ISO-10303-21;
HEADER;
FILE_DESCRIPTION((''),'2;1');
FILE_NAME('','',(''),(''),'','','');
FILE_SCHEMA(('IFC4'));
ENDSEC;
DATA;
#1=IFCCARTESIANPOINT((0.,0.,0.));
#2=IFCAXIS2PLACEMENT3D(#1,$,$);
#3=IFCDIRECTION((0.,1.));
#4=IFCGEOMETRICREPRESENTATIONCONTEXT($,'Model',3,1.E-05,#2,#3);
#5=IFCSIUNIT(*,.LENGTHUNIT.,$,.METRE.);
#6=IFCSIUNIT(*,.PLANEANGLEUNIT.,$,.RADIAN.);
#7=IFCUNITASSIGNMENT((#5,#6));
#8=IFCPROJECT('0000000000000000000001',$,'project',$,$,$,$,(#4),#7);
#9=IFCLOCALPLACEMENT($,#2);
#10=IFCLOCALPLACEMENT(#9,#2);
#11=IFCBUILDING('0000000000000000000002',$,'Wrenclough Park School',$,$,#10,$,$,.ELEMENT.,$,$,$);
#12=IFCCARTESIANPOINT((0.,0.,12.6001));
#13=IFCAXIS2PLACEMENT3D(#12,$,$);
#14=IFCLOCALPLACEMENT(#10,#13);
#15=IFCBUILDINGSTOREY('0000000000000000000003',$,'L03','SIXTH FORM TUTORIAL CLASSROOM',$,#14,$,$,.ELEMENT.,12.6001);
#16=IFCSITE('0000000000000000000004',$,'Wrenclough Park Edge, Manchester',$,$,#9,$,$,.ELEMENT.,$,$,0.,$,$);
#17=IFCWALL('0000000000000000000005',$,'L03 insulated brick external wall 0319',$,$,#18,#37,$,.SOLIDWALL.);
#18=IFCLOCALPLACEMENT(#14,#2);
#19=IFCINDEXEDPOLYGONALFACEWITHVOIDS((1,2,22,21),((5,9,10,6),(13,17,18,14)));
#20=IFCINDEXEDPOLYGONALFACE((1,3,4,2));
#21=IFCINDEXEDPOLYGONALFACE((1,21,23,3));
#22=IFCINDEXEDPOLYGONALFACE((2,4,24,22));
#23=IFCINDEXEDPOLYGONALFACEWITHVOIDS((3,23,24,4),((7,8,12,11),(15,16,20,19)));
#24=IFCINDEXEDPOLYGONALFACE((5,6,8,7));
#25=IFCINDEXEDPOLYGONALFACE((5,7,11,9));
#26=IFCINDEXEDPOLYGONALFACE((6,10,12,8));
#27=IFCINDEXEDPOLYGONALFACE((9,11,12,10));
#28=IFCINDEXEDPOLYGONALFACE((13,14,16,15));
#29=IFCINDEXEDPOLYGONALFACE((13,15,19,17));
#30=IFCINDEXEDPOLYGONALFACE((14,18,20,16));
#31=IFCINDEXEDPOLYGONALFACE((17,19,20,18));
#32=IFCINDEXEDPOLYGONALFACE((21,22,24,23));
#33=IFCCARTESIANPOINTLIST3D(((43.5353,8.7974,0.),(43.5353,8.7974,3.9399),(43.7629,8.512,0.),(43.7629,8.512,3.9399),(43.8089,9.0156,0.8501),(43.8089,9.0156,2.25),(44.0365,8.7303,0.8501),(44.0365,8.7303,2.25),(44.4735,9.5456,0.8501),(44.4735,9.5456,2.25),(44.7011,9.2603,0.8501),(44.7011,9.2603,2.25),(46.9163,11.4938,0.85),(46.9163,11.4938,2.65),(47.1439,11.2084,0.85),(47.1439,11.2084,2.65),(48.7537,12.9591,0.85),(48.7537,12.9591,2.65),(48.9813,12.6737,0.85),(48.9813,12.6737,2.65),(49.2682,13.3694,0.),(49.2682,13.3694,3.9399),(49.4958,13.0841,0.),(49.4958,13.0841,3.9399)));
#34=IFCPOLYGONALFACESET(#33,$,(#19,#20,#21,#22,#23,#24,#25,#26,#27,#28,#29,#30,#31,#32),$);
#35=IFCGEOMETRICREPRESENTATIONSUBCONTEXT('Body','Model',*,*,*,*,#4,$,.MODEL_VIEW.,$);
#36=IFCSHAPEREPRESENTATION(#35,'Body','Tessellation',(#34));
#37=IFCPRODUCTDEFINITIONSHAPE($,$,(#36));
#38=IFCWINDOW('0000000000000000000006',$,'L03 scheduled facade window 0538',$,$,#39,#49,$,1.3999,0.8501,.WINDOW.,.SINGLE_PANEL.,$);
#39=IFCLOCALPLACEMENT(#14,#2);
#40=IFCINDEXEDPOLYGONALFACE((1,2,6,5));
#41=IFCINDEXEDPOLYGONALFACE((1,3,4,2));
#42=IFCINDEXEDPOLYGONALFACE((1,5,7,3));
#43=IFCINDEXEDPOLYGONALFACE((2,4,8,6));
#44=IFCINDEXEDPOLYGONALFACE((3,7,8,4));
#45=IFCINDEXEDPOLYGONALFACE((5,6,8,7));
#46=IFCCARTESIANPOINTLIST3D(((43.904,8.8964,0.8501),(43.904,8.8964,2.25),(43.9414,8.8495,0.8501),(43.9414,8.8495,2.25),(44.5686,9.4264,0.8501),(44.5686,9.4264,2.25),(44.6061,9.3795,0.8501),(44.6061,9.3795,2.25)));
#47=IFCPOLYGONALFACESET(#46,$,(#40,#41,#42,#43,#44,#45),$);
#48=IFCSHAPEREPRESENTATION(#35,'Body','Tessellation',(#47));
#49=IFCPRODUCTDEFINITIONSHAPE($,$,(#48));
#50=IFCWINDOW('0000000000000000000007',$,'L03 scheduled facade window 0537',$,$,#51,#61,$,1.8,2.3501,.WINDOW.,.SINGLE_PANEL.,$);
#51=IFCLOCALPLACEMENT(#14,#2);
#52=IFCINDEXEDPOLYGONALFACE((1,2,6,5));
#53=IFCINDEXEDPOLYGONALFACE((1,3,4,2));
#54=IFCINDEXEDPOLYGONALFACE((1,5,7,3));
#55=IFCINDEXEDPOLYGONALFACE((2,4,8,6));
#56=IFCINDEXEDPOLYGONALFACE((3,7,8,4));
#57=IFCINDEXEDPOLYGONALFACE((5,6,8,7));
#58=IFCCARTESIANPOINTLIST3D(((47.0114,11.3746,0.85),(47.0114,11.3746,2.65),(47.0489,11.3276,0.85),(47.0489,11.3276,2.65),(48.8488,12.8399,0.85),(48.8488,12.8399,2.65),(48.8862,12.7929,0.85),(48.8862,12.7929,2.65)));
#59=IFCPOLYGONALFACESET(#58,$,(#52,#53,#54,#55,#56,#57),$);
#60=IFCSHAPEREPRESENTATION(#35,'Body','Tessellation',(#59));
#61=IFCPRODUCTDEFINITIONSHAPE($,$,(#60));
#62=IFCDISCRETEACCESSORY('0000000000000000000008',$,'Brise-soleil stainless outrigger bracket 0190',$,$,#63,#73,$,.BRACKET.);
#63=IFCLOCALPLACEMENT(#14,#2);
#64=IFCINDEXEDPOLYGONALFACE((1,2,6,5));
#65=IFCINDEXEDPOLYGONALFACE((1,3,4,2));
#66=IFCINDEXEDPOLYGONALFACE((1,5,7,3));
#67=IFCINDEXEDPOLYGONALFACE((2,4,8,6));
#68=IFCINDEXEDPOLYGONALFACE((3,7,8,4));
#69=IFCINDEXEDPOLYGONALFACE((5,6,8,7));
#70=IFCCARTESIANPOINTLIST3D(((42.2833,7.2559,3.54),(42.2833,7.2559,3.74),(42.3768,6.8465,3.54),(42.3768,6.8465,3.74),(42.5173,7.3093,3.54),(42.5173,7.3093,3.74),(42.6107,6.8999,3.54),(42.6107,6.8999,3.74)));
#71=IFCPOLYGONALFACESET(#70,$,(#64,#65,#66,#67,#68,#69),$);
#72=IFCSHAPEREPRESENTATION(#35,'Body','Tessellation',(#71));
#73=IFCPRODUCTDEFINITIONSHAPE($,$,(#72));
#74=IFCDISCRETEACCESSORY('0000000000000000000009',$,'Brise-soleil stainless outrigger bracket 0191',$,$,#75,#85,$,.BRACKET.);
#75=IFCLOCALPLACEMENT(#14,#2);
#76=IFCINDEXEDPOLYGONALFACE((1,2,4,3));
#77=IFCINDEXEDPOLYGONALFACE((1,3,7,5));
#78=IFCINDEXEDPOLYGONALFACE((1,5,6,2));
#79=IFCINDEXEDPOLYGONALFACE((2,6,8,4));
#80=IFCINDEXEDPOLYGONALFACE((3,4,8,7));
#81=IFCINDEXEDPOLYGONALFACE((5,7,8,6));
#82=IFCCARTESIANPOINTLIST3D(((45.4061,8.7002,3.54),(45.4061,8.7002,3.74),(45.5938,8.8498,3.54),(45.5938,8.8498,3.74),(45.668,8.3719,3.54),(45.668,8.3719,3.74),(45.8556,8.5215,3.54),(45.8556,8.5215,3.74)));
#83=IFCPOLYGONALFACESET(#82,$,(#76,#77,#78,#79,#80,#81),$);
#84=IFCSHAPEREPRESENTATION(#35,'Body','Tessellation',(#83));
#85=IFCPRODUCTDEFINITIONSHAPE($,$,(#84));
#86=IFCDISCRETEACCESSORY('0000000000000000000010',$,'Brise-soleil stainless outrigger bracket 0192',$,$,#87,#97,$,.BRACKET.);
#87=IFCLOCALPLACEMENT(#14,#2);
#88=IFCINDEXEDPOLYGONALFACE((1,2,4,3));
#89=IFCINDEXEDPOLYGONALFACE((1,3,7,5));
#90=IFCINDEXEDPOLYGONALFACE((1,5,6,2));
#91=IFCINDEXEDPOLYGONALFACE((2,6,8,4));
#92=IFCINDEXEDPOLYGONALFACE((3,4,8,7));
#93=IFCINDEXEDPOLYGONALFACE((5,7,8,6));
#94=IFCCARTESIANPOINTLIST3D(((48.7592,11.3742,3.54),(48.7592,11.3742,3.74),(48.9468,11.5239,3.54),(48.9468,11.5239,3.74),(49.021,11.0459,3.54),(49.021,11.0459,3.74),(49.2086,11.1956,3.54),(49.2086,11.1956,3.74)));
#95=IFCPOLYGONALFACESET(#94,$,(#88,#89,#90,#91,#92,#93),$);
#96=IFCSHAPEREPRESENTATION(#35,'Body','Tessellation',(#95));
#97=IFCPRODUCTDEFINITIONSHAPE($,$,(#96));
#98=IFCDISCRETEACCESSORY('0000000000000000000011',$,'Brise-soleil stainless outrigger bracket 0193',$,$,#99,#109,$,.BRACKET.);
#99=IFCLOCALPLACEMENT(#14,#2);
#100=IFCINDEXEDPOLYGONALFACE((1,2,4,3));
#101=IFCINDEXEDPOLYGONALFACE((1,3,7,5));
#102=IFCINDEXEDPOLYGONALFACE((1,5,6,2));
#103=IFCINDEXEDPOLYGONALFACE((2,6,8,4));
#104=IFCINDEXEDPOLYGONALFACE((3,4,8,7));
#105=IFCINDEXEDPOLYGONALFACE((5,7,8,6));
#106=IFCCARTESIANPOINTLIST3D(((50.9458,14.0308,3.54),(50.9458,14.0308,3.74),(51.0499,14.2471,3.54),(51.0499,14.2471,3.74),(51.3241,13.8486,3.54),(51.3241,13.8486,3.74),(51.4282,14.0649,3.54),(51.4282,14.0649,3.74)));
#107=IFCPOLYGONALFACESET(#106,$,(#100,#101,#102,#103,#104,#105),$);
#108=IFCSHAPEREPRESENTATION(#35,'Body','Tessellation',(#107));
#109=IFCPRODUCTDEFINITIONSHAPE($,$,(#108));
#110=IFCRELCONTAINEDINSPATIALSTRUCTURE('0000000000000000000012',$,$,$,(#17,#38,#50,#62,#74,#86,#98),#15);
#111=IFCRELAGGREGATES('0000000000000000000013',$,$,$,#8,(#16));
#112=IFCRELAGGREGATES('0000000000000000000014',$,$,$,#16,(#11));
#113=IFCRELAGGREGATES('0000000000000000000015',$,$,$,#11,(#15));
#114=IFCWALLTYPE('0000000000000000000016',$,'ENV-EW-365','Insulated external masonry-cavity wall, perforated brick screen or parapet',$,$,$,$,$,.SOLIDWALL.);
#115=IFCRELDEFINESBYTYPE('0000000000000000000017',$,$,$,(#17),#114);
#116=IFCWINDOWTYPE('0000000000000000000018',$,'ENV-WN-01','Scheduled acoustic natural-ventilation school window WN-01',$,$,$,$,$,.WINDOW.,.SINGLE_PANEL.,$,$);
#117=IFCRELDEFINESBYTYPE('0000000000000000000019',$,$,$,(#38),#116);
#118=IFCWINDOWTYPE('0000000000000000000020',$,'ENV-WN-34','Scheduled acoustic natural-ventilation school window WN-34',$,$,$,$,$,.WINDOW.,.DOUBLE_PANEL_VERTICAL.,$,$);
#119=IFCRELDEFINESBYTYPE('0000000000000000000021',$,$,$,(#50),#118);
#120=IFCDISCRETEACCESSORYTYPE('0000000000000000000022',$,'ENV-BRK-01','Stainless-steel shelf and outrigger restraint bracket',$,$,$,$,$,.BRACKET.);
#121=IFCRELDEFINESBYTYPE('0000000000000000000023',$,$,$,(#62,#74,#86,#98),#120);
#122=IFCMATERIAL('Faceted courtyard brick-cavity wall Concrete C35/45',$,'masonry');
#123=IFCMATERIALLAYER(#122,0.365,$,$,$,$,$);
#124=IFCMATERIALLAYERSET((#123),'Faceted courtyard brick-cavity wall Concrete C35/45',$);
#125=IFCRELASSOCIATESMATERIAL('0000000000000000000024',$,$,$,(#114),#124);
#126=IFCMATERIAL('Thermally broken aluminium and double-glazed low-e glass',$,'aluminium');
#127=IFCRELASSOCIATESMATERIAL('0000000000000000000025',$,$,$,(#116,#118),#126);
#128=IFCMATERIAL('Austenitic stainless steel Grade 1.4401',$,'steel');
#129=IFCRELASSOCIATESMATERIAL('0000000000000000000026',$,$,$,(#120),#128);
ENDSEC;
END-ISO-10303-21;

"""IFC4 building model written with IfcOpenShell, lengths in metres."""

from ifc_helpers import new_model, si_unit, direction, frame, frame_2d, origin, origin_2d, place, context, subcontext, project, spatial, rectangle, extrude, material, layer, layer_set, type_object, element, fill, save


model = new_model("IFC4")

# Units and contexts
model_context = context("Model", 3, precision=1e-05, world=origin(), true_north=direction((0.0, 1.0)))
body_context = subcontext(model_context, "Body", "Model", "MODEL_VIEW")
ifc_project = project(units=[si_unit("LENGTHUNIT", "METRE"), si_unit("PLANEANGLEUNIT", "RADIAN")], contexts=[model_context])

# Site, building, storey
site_placement = place(None, origin())
site = spatial("IfcSite", under=ifc_project, at=site_placement, Name="Wrenclough Park Edge, Manchester", CompositionType="ELEMENT", RefElevation=0.0)
building_placement = place(site_placement, origin())
building = spatial("IfcBuilding", under=site, at=building_placement, Name="Wrenclough Park School", CompositionType="ELEMENT")
storey_placement = place(building_placement, frame((0.0, 0.0, 12.6001)))
storey = spatial("IfcBuildingStorey", under=building, at=storey_placement, Name="L03", Description="SIXTH FORM TUTORIAL CLASSROOM", CompositionType="ELEMENT", Elevation=12.6001)

# Wall, openings, windows
ifc_material_1 = material(Name="Thermally broken aluminium and double-glazed low-e glass", Category="aluminium")
ifc_material_2 = material(Name="Faceted courtyard brick-cavity wall Concrete C35/45", Category="masonry")
ifc_layer_1 = layer(ifc_material_2, 0.365)
ifc_layer_set_1 = layer_set([ifc_layer_1], Name="Faceted courtyard brick-cavity wall Concrete C35/45")
wall_type_1 = type_object("IfcWallType", Name="ENV-EW-365", Description="Insulated external masonry-cavity wall, perforated brick screen or parapet", PredefinedType="SOLIDWALL", material=ifc_layer_set_1)
wall_1_placement = place(storey_placement, frame((49.3821, 13.2268, 0.0), z_axis=(0.0, 0.0, 1.0), x_axis=(-0.78182, -0.623505, 0.0)))
wall_1 = element("IfcWall", 1, at=wall_1_placement, inside=storey, type_object=wall_type_1, Name="L03 insulated brick external wall 0319", PredefinedType="SOLIDWALL", context=body_context, shape_type="SweptSolid", body=[
    extrude(rectangle(XDim=7.3328, YDim=0.365, at=frame_2d((3.6665, 0.0))), origin(), (0.0, 0.0, 1.0), 3.9399),
])
opening_1_placement = place(wall_1_placement, frame((0.6582, 0.0, 0.8501)))
opening_1 = element("IfcOpeningElement", 2, at=opening_1_placement, cuts=wall_1, PredefinedType="OPENING", context=body_context, shape_type="SweptSolid", body=[
    extrude(rectangle(XDim=2.3501, YDim=1.8, at=frame_2d((1.175, 0.8999))), frame((0.0, 0.1924, 0.0), z_axis=(0.0, -1.0, 0.0), x_axis=(1.0, 0.0, 0.0)), (0.0, 0.0, 1.0), 0.385),
])
opening_2_placement = place(wall_1_placement, frame((6.1328, 0.0, 0.8501)))
opening_2 = element("IfcOpeningElement", 3, at=opening_2_placement, cuts=wall_1, PredefinedType="OPENING", context=body_context, shape_type="SweptSolid", body=[
    extrude(rectangle(XDim=0.8501, YDim=1.3999, at=frame_2d((0.425, 0.7))), frame((0.0, 0.1924, 0.0), z_axis=(0.0, -1.0, 0.0), x_axis=(1.0, 0.0, 0.0)), (0.0, 0.0, 1.0), 0.385),
])
window_type_1 = type_object("IfcWindowType", Name="ENV-WN-01", Description="Scheduled acoustic natural-ventilation school window WN-01", PartitioningType="SINGLE_PANEL", PredefinedType="WINDOW", material=ifc_material_1)
window_1_placement = place(opening_2_placement, origin())
window_1 = element("IfcWindow", 4, at=window_1_placement, inside=storey, type_object=window_type_1, Name="L03 scheduled facade window 0538", OverallHeight=1.3999, OverallWidth=0.8501, PartitioningType="SINGLE_PANEL", PredefinedType="WINDOW", context=body_context, shape_type="SweptSolid", body=[
    extrude(rectangle(XDim=0.8501, YDim=1.3999, at=frame_2d((0.425, 0.7))), frame((0.0, 0.03, 0.0), z_axis=(0.0, -1.0, 0.0), x_axis=(1.0, 0.0, 0.0)), (0.0, 0.0, 1.0), 0.0601),
])
fill(opening_2, window_1)
window_type_2 = type_object("IfcWindowType", Name="ENV-WN-34", Description="Scheduled acoustic natural-ventilation school window WN-34", PartitioningType="DOUBLE_PANEL_VERTICAL", PredefinedType="WINDOW", material=ifc_material_1)
window_2_placement = place(opening_1_placement, origin())
window_2 = element("IfcWindow", 5, at=window_2_placement, inside=storey, type_object=window_type_2, Name="L03 scheduled facade window 0537", OverallHeight=1.8, OverallWidth=2.3501, PartitioningType="SINGLE_PANEL", PredefinedType="WINDOW", context=body_context, shape_type="SweptSolid", body=[
    extrude(rectangle(XDim=2.3501, YDim=1.8, at=frame_2d((1.175, 0.8999))), frame((0.0, 0.03, 0.0), z_axis=(0.0, -1.0, 0.0), x_axis=(1.0, 0.0, 0.0)), (0.0, 0.0, 1.0), 0.0601),
])
fill(opening_1, window_2)

# Discrete accessories
ifc_material_3 = material(Name="Austenitic stainless steel Grade 1.4401", Category="steel")
discrete_accessory_type = type_object("IfcDiscreteAccessoryType", Name="ENV-BRK-01", Description="Stainless-steel shelf and outrigger restraint bracket", PredefinedType="BRACKET", material=ifc_material_3)
for number, where, z_axis, x_axis, name in (
    (6, (42.447, 7.0779, 3.54), (0.0, 0.0, 1.0), (0.974929, 0.222516, 0.0), "Brise-soleil stainless outrigger bracket 0190"),
    (7, (45.6309, 8.6108, 3.54), (0.0, 0.0, 1.0), (0.78183, 0.623492, 0.0), "Brise-soleil stainless outrigger bracket 0191"),
    (8, (48.9839, 11.2849, 3.54), (0.0, 0.0, 1.0), (0.78183, 0.623492, 0.0), "Brise-soleil stainless outrigger bracket 0192"),
    (9, (51.187, 14.0479, 3.54), (0.0, 0.0, 1.0), (0.433872, 0.900974, 0.0), "Brise-soleil stainless outrigger bracket 0193"),
):
    element("IfcDiscreteAccessory", number, at=place(storey_placement, frame(where, z_axis=z_axis, x_axis=x_axis)), inside=storey, type_object=discrete_accessory_type, Name=name, PredefinedType="BRACKET", context=body_context, shape_type="SweptSolid", body=[
        extrude(rectangle(XDim=0.24, YDim=0.4199, at=origin_2d()), origin(), (0.0, 0.0, 1.0), 0.2),
    ])

save(model, "model.ifc")
